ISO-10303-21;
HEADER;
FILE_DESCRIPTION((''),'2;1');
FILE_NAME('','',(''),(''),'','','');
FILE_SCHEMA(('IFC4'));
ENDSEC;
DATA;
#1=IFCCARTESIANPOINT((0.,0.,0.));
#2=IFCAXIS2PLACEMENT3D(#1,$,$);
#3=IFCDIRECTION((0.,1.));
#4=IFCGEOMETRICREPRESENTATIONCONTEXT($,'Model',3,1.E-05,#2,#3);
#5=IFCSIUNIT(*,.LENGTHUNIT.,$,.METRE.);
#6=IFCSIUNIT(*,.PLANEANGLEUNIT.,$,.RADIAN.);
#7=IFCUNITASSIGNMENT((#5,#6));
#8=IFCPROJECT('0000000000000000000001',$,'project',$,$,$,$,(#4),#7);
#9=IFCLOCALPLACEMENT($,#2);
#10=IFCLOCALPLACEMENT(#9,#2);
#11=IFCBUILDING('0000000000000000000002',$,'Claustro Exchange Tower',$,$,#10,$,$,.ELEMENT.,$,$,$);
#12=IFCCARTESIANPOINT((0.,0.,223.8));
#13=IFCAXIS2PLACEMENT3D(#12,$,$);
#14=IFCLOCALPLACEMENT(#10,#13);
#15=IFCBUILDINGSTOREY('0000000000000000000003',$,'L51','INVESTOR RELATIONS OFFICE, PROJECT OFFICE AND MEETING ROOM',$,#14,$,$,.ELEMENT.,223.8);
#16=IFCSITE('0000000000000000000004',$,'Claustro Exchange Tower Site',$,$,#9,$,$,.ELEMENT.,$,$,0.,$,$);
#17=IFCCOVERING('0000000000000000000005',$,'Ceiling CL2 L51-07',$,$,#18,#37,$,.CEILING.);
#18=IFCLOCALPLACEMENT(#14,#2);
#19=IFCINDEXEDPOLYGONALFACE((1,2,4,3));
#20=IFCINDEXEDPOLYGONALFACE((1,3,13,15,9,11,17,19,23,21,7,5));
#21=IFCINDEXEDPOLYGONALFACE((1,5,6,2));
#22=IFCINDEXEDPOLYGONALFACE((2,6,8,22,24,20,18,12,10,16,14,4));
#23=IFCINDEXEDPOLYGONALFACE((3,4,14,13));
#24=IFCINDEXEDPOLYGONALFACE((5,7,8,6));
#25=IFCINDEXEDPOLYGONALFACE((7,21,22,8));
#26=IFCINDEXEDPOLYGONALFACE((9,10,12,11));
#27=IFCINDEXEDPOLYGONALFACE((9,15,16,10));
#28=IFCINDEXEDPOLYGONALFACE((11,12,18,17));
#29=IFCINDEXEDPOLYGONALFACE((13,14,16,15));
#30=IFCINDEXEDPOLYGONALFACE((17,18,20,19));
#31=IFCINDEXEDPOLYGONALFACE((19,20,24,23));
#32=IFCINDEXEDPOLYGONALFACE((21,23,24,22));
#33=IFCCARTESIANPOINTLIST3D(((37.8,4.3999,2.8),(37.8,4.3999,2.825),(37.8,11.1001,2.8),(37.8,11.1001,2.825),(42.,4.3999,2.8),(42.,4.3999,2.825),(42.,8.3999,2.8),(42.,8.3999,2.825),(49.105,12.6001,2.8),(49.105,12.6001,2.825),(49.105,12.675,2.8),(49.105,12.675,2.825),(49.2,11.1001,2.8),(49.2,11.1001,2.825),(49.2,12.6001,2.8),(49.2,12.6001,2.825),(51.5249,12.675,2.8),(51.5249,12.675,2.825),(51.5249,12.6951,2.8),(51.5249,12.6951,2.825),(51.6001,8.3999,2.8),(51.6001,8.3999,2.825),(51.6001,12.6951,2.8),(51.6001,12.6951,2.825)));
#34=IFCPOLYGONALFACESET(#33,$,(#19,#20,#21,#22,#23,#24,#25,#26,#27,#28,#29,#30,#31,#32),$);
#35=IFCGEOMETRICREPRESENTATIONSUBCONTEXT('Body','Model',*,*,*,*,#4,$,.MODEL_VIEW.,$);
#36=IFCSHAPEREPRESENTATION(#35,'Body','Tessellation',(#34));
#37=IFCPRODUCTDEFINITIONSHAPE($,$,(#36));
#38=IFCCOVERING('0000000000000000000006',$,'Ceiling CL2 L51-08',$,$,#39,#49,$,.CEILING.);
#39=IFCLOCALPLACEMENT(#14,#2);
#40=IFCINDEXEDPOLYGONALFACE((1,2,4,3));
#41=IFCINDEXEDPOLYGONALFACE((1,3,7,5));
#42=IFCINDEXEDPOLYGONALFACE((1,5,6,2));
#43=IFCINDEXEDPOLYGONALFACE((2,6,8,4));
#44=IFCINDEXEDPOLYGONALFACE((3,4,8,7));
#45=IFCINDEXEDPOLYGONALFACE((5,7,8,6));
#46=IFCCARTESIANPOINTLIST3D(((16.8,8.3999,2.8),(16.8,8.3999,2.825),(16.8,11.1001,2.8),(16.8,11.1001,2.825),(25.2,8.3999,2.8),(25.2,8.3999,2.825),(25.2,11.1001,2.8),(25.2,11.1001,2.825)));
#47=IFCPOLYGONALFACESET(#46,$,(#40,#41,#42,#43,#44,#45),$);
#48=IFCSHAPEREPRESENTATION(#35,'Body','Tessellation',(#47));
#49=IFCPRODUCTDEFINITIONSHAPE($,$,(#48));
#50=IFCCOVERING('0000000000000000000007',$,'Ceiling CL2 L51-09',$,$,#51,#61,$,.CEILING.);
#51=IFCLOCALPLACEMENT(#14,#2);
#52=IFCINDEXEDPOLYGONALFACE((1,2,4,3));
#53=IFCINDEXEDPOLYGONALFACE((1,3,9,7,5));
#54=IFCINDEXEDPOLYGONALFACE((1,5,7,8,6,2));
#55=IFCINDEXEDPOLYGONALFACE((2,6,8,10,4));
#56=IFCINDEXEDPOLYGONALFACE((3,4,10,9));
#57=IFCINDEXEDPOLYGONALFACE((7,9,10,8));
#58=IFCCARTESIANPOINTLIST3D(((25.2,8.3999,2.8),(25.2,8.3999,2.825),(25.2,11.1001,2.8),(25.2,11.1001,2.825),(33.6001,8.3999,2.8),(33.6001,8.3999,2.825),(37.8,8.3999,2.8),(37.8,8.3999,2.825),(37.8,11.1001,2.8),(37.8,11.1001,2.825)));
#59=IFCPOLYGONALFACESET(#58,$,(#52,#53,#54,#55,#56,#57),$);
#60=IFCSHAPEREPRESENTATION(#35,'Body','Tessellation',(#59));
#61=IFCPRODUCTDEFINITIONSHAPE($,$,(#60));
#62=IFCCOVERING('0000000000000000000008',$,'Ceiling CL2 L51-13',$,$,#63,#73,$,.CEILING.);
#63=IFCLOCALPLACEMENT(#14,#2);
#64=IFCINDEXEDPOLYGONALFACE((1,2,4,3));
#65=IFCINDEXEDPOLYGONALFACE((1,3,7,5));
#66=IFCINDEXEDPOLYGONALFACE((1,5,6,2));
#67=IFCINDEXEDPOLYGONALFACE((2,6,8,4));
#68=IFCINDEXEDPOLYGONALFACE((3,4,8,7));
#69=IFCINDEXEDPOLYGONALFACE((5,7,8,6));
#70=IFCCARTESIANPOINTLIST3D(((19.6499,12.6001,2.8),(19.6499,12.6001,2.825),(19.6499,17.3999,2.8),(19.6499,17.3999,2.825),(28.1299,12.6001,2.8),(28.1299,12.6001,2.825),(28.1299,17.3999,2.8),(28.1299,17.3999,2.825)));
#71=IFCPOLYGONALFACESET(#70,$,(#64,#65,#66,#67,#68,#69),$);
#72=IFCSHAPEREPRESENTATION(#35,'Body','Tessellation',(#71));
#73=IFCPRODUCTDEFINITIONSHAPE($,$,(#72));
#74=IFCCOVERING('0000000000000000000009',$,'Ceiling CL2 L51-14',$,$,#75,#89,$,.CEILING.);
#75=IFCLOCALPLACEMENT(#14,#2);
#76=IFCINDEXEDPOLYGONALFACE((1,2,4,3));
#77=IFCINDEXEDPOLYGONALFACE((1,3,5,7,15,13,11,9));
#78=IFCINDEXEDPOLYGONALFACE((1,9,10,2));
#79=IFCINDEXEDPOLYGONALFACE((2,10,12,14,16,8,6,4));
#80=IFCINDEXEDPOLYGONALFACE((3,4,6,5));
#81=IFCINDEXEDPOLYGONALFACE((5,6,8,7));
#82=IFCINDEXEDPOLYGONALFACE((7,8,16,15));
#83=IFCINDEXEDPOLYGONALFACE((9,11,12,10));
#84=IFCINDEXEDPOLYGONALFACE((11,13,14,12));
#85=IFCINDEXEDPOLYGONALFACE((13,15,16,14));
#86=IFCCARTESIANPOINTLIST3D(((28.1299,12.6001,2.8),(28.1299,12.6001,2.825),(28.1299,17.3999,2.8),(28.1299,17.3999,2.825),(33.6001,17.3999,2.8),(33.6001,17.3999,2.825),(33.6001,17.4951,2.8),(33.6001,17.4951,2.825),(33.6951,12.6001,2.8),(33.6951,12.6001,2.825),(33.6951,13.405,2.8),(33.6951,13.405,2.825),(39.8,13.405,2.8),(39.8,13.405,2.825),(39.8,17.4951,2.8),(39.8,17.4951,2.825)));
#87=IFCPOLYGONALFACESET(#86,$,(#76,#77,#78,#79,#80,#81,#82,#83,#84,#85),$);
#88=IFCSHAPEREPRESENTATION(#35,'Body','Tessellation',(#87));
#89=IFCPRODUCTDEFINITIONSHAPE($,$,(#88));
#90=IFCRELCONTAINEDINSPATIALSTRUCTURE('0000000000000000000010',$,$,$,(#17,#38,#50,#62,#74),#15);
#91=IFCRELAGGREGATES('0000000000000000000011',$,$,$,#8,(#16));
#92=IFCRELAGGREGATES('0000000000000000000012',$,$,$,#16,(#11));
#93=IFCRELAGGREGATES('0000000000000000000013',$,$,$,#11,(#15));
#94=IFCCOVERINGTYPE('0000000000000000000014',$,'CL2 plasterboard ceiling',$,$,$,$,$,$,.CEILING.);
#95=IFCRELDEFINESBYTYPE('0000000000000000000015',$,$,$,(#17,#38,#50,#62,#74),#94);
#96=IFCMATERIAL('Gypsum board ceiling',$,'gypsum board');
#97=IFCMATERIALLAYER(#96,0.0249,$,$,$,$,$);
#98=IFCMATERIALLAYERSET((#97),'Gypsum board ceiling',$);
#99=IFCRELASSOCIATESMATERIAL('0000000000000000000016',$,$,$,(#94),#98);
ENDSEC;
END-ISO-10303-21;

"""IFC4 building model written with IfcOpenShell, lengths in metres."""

from ifc_helpers import new_model, si_unit, direction, frame, origin, place, context, subcontext, project, spatial, polyline, outline, extrude, material, layer, layer_set, type_object, element, save


model = new_model("IFC4")

# Units and contexts
model_context = context("Model", 3, precision=1e-05, world=origin(), true_north=direction((0.0, 1.0)))
body_context = subcontext(model_context, "Body", "Model", "MODEL_VIEW")
ifc_project = project(units=[si_unit("LENGTHUNIT", "METRE"), si_unit("PLANEANGLEUNIT", "RADIAN")], contexts=[model_context])

# Site, building, storey
site_placement = place(None, origin())
site = spatial("IfcSite", under=ifc_project, at=site_placement, Name="Claustro Exchange Tower Site", CompositionType="ELEMENT", RefElevation=0.0)
building_placement = place(site_placement, origin())
building = spatial("IfcBuilding", under=site, at=building_placement, Name="Claustro Exchange Tower", CompositionType="ELEMENT")
storey_placement = place(building_placement, frame((0.0, 0.0, 223.8)))
storey = spatial("IfcBuildingStorey", under=building, at=storey_placement, Name="L51", Description="INVESTOR RELATIONS OFFICE, PROJECT OFFICE AND MEETING ROOM", CompositionType="ELEMENT", Elevation=223.8)

# Coverings
ifc_material_1 = material(Name="Gypsum board ceiling", Category="gypsum board")
ifc_layer_1 = layer(ifc_material_1, 0.0249)
ifc_layer_set_1 = layer_set([ifc_layer_1], Name="Gypsum board ceiling")
covering_type_1 = type_object("IfcCoveringType", Name="CL2 plasterboard ceiling", PredefinedType="CEILING", material=ifc_layer_set_1)
covering_1_placement = place(storey_placement, frame((0.0, 0.0, 2.8)))
element("IfcCovering", 1, at=covering_1_placement, inside=storey, type_object=covering_type_1, Name="Ceiling CL2 L51-07", PredefinedType="CEILING", context=body_context, shape_type="SweptSolid", body=[
    extrude(outline(polyline([(51.6001, 8.3999), (51.6001, 12.6951), (51.5249, 12.6951), (51.5249, 12.675), (49.105, 12.675), (49.105, 12.6001), (49.2, 12.6001), (49.2, 11.1001), (37.8, 11.1001), (37.8, 4.3999), (42.0, 4.3999), (42.0, 8.3999), (51.6001, 8.3999)])), origin(), (0.0, 0.0, 1.0), 0.0249),
])
covering_2_placement = place(storey_placement, frame((0.0, 0.0, 2.8)))
element("IfcCovering", 2, at=covering_2_placement, inside=storey, type_object=covering_type_1, Name="Ceiling CL2 L51-08", PredefinedType="CEILING", context=body_context, shape_type="SweptSolid", body=[
    extrude(outline(polyline([(16.8, 8.3999), (25.2, 8.3999), (25.2, 11.1001), (16.8, 11.1001), (16.8, 8.3999)])), origin(), (0.0, 0.0, 1.0), 0.0249),
])
covering_3_placement = place(storey_placement, frame((0.0, 0.0, 2.8)))
element("IfcCovering", 3, at=covering_3_placement, inside=storey, type_object=covering_type_1, Name="Ceiling CL2 L51-09", PredefinedType="CEILING", context=body_context, shape_type="SweptSolid", body=[
    extrude(outline(polyline([(33.6001, 8.3999), (37.8, 8.3999), (37.8, 11.1001), (25.2, 11.1001), (25.2, 8.3999), (33.6001, 8.3999)])), origin(), (0.0, 0.0, 1.0), 0.0249),
])
covering_4_placement = place(storey_placement, frame((0.0, 0.0, 2.8)))
element("IfcCovering", 4, at=covering_4_placement, inside=storey, type_object=covering_type_1, Name="Ceiling CL2 L51-13", PredefinedType="CEILING", context=body_context, shape_type="SweptSolid", body=[
    extrude(outline(polyline([(28.1299, 17.3999), (19.6499, 17.3999), (19.6499, 12.6001), (28.1299, 12.6001), (28.1299, 17.3999)])), origin(), (0.0, 0.0, 1.0), 0.0249),
])
covering_5_placement = place(storey_placement, frame((0.0, 0.0, 2.8)))
element("IfcCovering", 5, at=covering_5_placement, inside=storey, type_object=covering_type_1, Name="Ceiling CL2 L51-14", PredefinedType="CEILING", context=body_context, shape_type="SweptSolid", body=[
    extrude(outline(polyline([(39.8, 13.405), (39.8, 17.4951), (33.6001, 17.4951), (33.6001, 17.3999), (28.1299, 17.3999), (28.1299, 12.6001), (33.6951, 12.6001), (33.6951, 13.405), (39.8, 13.405)])), origin(), (0.0, 0.0, 1.0), 0.0249),
])

save(model, "model.ifc")
